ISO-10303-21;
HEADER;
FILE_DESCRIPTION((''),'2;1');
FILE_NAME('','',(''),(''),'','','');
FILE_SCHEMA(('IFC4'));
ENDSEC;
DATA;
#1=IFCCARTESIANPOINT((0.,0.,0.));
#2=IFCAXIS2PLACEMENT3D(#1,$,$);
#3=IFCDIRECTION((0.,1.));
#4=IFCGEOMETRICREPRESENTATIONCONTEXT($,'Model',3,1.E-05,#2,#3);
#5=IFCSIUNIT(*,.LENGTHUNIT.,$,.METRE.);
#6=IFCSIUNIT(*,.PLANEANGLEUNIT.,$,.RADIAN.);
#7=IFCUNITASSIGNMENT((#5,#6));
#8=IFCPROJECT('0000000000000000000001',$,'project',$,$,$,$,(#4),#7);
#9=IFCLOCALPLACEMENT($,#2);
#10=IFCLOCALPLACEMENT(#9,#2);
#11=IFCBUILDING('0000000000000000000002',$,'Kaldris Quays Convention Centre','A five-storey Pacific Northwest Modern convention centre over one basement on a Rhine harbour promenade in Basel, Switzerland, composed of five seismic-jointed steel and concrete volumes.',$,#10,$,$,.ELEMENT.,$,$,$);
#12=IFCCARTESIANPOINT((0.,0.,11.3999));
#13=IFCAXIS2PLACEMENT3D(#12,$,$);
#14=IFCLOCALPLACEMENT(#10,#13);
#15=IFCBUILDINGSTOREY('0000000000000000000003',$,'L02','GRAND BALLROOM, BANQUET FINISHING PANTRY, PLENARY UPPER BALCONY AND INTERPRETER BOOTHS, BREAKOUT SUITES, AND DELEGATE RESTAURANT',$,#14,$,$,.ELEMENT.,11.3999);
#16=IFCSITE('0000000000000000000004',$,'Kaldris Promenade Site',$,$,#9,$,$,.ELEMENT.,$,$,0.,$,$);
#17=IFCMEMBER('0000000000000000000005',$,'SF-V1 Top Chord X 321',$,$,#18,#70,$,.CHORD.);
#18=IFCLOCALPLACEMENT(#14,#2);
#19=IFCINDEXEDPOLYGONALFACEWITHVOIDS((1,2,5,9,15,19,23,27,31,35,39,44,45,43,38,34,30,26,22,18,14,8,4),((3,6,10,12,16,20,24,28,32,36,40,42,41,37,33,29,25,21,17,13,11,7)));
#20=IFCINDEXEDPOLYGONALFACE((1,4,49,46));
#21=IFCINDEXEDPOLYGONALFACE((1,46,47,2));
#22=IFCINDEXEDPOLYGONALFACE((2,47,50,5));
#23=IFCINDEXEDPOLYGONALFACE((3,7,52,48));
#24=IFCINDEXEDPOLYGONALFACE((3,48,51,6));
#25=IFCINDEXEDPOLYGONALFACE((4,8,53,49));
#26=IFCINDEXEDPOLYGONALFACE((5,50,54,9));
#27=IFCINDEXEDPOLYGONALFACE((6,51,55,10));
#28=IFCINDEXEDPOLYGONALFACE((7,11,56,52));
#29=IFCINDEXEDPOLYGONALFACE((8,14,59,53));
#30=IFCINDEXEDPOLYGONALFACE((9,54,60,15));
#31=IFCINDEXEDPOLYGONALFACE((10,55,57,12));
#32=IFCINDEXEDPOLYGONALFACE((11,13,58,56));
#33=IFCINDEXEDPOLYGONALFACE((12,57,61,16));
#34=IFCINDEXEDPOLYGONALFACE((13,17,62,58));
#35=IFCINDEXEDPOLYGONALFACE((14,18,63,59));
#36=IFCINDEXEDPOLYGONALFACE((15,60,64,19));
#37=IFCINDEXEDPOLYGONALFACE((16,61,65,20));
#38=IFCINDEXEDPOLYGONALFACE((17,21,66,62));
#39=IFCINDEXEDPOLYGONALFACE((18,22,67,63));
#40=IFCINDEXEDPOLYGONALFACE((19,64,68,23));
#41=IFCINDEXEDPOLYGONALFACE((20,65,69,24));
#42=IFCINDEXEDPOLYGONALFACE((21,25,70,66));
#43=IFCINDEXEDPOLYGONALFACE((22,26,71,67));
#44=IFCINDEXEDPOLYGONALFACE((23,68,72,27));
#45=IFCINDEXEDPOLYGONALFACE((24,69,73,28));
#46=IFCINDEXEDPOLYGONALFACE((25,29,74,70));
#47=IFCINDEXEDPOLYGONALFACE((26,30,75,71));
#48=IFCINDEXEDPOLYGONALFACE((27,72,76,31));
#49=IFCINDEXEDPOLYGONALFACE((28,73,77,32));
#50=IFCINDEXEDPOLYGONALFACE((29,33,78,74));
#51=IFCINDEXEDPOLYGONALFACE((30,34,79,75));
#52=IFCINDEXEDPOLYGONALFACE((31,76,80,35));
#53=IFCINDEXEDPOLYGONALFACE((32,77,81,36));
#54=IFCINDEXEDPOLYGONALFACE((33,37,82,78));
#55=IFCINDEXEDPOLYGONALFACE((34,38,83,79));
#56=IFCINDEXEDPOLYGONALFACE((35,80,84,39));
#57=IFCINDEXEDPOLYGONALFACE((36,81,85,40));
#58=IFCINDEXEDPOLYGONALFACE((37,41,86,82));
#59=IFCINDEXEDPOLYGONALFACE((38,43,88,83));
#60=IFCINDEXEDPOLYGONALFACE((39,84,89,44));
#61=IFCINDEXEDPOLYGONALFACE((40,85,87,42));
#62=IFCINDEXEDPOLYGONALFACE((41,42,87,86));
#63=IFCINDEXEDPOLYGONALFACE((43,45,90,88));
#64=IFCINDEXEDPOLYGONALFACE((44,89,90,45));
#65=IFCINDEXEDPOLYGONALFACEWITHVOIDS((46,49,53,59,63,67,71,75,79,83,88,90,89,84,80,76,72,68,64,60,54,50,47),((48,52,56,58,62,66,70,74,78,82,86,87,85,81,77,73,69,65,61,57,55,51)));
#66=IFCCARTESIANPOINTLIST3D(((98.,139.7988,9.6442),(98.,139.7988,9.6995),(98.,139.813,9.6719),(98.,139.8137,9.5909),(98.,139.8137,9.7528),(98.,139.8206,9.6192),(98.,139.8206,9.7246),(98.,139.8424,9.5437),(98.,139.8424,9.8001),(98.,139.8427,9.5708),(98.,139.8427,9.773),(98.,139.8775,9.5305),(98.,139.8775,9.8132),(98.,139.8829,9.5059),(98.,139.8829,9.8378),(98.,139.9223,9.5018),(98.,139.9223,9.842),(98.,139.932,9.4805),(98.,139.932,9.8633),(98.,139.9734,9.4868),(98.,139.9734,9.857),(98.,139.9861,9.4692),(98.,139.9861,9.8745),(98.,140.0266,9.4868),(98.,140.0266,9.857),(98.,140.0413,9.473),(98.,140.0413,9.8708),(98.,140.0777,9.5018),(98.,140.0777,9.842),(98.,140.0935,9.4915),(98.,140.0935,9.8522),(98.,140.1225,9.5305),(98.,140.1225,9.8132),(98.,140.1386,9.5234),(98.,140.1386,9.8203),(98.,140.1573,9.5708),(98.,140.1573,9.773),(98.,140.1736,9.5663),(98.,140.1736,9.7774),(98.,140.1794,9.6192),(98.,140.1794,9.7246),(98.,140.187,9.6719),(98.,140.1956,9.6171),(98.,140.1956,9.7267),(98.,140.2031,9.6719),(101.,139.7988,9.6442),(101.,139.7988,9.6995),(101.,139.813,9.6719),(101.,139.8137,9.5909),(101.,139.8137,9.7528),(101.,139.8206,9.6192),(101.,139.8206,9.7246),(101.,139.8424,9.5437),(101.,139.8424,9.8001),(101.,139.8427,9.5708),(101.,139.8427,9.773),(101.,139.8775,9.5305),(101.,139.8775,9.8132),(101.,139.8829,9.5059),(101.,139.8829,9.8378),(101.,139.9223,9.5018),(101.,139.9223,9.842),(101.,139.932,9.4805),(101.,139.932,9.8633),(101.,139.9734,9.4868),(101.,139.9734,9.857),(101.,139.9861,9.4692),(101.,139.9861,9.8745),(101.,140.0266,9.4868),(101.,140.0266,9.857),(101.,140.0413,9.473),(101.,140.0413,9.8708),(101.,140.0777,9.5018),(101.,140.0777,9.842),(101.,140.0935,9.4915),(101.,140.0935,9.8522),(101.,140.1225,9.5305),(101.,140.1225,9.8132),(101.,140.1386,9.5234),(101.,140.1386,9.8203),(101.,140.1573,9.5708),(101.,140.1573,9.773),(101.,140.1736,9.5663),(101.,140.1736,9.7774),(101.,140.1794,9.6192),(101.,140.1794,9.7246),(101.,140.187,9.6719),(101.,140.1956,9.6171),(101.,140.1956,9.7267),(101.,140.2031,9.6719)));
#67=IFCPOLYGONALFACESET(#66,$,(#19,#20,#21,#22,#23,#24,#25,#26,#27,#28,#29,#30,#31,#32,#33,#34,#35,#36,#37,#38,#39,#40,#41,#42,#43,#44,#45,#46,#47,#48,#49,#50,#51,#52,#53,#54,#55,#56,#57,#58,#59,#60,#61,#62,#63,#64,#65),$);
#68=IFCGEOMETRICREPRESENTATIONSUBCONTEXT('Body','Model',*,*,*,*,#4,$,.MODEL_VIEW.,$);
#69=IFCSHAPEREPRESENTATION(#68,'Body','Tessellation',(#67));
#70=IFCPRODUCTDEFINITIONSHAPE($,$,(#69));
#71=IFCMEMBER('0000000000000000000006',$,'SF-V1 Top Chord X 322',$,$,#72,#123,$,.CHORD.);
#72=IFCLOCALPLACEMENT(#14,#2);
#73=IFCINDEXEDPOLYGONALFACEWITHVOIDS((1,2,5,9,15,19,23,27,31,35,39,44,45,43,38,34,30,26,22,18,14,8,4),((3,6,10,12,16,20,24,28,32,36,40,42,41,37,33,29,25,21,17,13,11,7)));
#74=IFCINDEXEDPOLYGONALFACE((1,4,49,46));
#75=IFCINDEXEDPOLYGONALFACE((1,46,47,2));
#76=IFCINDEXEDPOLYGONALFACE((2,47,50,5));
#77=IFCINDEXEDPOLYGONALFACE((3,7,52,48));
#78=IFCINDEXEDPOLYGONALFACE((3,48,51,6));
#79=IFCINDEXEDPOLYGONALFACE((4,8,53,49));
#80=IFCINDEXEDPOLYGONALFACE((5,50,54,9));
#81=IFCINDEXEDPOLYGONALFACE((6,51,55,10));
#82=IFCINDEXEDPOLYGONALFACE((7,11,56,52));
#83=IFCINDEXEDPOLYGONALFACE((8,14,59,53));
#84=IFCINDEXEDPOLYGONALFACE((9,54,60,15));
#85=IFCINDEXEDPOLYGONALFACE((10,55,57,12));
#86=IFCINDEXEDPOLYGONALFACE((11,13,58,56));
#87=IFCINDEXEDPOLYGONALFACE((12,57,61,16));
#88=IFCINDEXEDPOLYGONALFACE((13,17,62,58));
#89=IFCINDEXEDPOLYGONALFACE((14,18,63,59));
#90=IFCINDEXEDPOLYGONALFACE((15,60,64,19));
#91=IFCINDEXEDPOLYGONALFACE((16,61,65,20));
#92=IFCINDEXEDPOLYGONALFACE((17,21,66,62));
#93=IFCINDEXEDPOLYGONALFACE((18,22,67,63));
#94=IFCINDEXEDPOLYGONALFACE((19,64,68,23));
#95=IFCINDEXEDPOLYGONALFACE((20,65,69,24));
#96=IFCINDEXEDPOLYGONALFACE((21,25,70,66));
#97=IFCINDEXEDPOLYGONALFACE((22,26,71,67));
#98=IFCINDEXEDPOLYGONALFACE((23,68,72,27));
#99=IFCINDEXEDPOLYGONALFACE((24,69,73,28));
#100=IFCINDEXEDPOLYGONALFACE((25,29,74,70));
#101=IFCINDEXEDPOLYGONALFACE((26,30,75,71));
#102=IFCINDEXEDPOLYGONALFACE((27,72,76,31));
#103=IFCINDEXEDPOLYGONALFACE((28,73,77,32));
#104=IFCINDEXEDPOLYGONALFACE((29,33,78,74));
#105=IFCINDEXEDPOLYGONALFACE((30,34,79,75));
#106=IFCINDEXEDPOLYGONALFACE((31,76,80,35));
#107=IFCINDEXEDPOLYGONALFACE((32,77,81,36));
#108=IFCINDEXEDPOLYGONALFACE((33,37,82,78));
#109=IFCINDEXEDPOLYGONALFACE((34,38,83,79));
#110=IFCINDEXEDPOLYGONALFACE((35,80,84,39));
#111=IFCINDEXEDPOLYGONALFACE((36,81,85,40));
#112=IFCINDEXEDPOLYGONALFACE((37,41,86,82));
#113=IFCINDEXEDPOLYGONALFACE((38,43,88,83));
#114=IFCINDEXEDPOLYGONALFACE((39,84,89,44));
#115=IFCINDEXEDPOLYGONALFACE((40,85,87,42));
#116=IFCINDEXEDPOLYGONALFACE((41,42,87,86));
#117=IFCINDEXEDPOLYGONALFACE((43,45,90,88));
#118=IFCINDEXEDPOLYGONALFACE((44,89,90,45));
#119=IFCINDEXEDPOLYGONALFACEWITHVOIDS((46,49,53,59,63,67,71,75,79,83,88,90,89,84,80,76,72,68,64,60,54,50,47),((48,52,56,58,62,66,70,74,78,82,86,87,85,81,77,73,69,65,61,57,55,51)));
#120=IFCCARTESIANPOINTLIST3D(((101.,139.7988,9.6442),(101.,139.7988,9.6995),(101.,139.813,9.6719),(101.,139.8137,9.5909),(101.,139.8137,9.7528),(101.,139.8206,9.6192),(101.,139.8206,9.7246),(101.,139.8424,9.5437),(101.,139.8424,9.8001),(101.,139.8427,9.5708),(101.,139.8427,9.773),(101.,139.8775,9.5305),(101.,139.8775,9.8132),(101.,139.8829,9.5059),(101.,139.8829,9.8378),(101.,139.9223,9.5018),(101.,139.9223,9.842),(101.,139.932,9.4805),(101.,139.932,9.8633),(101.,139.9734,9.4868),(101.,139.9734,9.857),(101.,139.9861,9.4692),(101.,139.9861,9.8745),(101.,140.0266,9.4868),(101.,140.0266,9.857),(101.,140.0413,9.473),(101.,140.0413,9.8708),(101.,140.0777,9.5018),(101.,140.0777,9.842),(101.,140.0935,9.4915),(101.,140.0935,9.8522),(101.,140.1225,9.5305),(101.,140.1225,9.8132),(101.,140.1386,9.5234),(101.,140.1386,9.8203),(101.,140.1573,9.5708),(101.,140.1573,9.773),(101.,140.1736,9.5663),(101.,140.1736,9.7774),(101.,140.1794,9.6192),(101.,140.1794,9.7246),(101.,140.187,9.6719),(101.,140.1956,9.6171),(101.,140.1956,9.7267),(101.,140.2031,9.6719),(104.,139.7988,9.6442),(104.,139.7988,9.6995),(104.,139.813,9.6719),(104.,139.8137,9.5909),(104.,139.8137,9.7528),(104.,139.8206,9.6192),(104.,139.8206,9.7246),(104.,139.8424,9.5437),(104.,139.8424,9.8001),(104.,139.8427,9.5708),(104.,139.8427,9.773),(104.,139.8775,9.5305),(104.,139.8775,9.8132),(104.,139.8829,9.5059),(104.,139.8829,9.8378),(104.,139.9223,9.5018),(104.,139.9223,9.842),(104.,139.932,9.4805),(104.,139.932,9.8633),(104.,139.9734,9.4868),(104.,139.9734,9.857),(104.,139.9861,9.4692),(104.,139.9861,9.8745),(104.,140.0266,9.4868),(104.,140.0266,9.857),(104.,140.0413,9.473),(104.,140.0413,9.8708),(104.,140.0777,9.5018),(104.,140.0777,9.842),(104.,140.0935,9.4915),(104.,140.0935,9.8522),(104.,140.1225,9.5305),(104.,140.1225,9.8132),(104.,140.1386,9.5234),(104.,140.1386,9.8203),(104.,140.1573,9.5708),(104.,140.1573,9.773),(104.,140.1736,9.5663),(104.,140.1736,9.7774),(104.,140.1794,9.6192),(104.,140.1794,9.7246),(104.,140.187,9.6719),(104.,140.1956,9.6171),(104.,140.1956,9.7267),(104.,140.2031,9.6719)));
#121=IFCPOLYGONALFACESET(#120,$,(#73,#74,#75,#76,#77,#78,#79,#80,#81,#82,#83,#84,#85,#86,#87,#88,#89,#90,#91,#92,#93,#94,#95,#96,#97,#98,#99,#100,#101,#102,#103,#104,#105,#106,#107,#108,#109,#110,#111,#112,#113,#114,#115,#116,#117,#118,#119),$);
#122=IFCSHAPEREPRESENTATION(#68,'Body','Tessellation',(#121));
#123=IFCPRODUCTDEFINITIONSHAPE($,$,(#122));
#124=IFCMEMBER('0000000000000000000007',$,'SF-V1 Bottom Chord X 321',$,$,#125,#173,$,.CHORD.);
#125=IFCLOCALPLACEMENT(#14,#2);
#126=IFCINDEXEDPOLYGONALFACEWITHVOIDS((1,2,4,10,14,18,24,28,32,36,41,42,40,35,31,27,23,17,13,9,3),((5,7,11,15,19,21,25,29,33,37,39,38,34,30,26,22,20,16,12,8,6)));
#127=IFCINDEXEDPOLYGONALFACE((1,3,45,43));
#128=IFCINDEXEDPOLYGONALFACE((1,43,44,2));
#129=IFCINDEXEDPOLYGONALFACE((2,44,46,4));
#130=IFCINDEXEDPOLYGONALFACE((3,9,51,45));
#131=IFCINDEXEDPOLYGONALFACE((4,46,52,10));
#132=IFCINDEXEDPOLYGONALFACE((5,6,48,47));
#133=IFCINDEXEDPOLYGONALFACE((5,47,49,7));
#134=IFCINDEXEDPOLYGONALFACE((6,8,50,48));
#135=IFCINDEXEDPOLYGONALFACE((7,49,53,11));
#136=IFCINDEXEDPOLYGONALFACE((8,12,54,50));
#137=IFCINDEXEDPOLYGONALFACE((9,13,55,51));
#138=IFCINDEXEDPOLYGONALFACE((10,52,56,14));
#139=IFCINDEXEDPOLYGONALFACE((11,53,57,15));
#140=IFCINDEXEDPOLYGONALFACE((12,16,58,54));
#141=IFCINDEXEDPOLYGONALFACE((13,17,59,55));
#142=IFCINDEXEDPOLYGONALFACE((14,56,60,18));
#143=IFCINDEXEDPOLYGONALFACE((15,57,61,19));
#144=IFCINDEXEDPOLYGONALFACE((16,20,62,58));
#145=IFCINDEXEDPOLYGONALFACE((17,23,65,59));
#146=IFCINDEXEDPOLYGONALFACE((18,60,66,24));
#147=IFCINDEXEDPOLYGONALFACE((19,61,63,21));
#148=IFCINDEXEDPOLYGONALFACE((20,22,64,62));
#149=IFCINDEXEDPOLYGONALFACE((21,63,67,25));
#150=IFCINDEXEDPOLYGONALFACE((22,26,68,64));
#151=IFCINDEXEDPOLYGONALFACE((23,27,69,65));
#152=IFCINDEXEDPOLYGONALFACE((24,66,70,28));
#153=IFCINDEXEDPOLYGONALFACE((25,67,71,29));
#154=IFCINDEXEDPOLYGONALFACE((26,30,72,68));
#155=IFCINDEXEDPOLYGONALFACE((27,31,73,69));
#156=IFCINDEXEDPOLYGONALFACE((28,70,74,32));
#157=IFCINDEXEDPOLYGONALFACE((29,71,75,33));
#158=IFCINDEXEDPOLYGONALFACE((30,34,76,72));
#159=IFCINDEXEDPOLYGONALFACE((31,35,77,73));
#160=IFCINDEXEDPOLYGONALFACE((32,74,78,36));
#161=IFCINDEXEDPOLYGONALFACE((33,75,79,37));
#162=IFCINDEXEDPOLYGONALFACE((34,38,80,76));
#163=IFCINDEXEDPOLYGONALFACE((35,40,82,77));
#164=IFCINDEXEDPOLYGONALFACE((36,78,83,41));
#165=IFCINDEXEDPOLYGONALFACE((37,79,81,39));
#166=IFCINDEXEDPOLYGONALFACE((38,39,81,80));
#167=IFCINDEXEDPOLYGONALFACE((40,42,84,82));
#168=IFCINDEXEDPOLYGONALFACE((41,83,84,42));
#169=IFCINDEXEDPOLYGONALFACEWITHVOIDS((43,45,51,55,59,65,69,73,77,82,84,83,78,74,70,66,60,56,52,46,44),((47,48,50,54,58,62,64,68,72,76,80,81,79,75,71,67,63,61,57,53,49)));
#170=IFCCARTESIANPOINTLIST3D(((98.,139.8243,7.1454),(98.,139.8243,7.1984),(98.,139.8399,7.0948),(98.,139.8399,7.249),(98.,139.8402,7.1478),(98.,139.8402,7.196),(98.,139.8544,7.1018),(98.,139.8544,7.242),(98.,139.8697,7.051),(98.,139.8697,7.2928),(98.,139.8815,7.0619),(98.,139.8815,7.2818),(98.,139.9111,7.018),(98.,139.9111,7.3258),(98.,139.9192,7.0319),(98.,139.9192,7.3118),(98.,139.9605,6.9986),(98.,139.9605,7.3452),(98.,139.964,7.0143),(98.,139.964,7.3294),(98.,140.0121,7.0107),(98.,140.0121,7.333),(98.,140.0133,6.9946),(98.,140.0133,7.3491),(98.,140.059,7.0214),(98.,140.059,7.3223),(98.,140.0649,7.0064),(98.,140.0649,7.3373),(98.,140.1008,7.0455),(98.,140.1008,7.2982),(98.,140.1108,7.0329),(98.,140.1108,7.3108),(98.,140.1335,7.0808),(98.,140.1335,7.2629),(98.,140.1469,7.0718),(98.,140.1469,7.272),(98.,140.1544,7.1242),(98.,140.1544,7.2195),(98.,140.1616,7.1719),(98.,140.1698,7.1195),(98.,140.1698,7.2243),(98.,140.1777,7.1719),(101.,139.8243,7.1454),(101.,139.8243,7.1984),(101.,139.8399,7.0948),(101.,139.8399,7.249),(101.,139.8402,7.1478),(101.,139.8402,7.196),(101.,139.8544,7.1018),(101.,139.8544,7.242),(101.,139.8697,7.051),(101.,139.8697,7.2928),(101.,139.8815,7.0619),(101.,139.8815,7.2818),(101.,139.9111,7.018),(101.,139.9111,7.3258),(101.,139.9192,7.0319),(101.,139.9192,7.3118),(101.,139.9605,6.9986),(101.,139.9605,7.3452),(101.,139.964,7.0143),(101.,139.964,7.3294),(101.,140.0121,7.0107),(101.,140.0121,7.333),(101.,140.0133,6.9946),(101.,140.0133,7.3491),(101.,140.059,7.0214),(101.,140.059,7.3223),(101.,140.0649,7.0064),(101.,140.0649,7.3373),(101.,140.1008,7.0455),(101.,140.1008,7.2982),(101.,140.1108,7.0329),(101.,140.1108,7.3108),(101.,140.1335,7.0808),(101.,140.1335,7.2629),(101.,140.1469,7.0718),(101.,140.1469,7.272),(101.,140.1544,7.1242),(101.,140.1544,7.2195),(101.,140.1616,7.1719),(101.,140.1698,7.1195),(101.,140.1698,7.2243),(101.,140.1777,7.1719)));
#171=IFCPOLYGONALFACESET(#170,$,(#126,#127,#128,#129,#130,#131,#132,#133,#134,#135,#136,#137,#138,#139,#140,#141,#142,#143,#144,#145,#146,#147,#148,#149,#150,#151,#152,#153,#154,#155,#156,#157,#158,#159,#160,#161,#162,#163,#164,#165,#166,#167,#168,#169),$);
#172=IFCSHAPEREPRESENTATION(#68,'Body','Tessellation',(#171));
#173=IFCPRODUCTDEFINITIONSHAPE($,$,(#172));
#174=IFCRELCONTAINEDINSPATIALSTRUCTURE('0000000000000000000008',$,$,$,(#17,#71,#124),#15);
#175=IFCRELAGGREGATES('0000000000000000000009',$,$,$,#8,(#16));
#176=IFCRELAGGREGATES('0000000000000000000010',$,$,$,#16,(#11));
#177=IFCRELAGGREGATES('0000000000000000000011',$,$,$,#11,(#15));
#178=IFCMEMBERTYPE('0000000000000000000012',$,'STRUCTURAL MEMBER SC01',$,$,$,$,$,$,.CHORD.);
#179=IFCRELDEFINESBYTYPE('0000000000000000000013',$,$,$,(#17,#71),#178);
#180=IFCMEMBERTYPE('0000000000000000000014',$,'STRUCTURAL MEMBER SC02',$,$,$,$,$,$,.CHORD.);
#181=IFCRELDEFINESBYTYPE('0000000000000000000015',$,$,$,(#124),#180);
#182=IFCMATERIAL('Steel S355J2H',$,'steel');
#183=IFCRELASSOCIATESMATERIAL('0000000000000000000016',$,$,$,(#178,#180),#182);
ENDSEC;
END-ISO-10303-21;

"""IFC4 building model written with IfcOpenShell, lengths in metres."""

from ifc_helpers import new_model, si_unit, direction, frame, origin, origin_2d, place, context, subcontext, project, spatial, hollow_circle, extrude, material, material_profile, profile_set, type_object, element, save


model = new_model("IFC4")

# Units and contexts
model_context = context("Model", 3, precision=1e-05, world=origin(), true_north=direction((0.0, 1.0)))
body_context = subcontext(model_context, "Body", "Model", "MODEL_VIEW")
ifc_project = project(units=[si_unit("LENGTHUNIT", "METRE"), si_unit("PLANEANGLEUNIT", "RADIAN")], contexts=[model_context])

# Site, building, storey
site_placement = place(None, origin())
site = spatial("IfcSite", under=ifc_project, at=site_placement, Name="Kaldris Promenade Site", CompositionType="ELEMENT", RefElevation=0.0)
building_placement = place(site_placement, origin())
building = spatial("IfcBuilding", under=site, at=building_placement, Name="Kaldris Quays Convention Centre", Description="A five-storey Pacific Northwest Modern convention centre over one basement on a Rhine harbour promenade in Basel, Switzerland, composed of five seismic-jointed steel and concrete volumes.", CompositionType="ELEMENT")
storey_placement = place(building_placement, frame((0.0, 0.0, 11.3999)))
storey = spatial("IfcBuildingStorey", under=building, at=storey_placement, Name="L02", Description="GRAND BALLROOM, BANQUET FINISHING PANTRY, PLENARY UPPER BALCONY AND INTERPRETER BOOTHS, BREAKOUT SUITES, AND DELEGATE RESTAURANT", CompositionType="ELEMENT", Elevation=11.3999)

# Members
ifc_material_1 = material(Name="Steel S355J2H", Category="steel")
ifc_material_profile_1 = material_profile(ifc_material_1, hollow_circle(Radius=0.2031, WallThickness=0.0161, at=origin_2d()), Name="CHS 406.4x16")
ifc_profile_set_1 = profile_set([ifc_material_profile_1], Name="Steel S355J2H")
member_type_1 = type_object("IfcMemberType", Name="STRUCTURAL MEMBER SC01", PredefinedType="CHORD", material=ifc_profile_set_1)
for number, where, z_axis, x_axis, name in (
    (1, (98.0, 140.0, 9.6719), (1.0, 0.0, 0.0), (0.0, 1.0, 0.0), "SF-V1 Top Chord X 321"),
    (2, (101.0, 140.0, 9.6719), (1.0, 0.0, 0.0), (0.0, 1.0, 0.0), "SF-V1 Top Chord X 322"),
):
    element("IfcMember", number, at=place(storey_placement, frame(where, z_axis=z_axis, x_axis=x_axis)), inside=storey, type_object=member_type_1, Name=name, PredefinedType="CHORD", context=body_context, shape_type="SweptSolid", body=[
        extrude(hollow_circle(Radius=0.2031, WallThickness=0.0161, at=origin_2d()), origin(), (0.0, 0.0, 1.0), 3.0),
    ])
ifc_material_profile_2 = material_profile(ifc_material_1, hollow_circle(Radius=0.1777, WallThickness=0.0161, at=origin_2d()), Name="CHS 355.6x16")
ifc_profile_set_2 = profile_set([ifc_material_profile_2], Name="Steel S355J2H")
member_type_2 = type_object("IfcMemberType", Name="STRUCTURAL MEMBER SC02", PredefinedType="CHORD", material=ifc_profile_set_2)
for number, where, z_axis, x_axis, name in (
    (3, (98.0, 140.0, 7.1719), (1.0, 0.0, 0.0), (0.0, 1.0, 0.0), "SF-V1 Bottom Chord X 321"),
):
    element("IfcMember", number, at=place(storey_placement, frame(where, z_axis=z_axis, x_axis=x_axis)), inside=storey, type_object=member_type_2, Name=name, PredefinedType="CHORD", context=body_context, shape_type="SweptSolid", body=[
        extrude(hollow_circle(Radius=0.1777, WallThickness=0.0161, at=origin_2d()), origin(), (0.0, 0.0, 1.0), 3.0),
    ])

save(model, "model.ifc")
